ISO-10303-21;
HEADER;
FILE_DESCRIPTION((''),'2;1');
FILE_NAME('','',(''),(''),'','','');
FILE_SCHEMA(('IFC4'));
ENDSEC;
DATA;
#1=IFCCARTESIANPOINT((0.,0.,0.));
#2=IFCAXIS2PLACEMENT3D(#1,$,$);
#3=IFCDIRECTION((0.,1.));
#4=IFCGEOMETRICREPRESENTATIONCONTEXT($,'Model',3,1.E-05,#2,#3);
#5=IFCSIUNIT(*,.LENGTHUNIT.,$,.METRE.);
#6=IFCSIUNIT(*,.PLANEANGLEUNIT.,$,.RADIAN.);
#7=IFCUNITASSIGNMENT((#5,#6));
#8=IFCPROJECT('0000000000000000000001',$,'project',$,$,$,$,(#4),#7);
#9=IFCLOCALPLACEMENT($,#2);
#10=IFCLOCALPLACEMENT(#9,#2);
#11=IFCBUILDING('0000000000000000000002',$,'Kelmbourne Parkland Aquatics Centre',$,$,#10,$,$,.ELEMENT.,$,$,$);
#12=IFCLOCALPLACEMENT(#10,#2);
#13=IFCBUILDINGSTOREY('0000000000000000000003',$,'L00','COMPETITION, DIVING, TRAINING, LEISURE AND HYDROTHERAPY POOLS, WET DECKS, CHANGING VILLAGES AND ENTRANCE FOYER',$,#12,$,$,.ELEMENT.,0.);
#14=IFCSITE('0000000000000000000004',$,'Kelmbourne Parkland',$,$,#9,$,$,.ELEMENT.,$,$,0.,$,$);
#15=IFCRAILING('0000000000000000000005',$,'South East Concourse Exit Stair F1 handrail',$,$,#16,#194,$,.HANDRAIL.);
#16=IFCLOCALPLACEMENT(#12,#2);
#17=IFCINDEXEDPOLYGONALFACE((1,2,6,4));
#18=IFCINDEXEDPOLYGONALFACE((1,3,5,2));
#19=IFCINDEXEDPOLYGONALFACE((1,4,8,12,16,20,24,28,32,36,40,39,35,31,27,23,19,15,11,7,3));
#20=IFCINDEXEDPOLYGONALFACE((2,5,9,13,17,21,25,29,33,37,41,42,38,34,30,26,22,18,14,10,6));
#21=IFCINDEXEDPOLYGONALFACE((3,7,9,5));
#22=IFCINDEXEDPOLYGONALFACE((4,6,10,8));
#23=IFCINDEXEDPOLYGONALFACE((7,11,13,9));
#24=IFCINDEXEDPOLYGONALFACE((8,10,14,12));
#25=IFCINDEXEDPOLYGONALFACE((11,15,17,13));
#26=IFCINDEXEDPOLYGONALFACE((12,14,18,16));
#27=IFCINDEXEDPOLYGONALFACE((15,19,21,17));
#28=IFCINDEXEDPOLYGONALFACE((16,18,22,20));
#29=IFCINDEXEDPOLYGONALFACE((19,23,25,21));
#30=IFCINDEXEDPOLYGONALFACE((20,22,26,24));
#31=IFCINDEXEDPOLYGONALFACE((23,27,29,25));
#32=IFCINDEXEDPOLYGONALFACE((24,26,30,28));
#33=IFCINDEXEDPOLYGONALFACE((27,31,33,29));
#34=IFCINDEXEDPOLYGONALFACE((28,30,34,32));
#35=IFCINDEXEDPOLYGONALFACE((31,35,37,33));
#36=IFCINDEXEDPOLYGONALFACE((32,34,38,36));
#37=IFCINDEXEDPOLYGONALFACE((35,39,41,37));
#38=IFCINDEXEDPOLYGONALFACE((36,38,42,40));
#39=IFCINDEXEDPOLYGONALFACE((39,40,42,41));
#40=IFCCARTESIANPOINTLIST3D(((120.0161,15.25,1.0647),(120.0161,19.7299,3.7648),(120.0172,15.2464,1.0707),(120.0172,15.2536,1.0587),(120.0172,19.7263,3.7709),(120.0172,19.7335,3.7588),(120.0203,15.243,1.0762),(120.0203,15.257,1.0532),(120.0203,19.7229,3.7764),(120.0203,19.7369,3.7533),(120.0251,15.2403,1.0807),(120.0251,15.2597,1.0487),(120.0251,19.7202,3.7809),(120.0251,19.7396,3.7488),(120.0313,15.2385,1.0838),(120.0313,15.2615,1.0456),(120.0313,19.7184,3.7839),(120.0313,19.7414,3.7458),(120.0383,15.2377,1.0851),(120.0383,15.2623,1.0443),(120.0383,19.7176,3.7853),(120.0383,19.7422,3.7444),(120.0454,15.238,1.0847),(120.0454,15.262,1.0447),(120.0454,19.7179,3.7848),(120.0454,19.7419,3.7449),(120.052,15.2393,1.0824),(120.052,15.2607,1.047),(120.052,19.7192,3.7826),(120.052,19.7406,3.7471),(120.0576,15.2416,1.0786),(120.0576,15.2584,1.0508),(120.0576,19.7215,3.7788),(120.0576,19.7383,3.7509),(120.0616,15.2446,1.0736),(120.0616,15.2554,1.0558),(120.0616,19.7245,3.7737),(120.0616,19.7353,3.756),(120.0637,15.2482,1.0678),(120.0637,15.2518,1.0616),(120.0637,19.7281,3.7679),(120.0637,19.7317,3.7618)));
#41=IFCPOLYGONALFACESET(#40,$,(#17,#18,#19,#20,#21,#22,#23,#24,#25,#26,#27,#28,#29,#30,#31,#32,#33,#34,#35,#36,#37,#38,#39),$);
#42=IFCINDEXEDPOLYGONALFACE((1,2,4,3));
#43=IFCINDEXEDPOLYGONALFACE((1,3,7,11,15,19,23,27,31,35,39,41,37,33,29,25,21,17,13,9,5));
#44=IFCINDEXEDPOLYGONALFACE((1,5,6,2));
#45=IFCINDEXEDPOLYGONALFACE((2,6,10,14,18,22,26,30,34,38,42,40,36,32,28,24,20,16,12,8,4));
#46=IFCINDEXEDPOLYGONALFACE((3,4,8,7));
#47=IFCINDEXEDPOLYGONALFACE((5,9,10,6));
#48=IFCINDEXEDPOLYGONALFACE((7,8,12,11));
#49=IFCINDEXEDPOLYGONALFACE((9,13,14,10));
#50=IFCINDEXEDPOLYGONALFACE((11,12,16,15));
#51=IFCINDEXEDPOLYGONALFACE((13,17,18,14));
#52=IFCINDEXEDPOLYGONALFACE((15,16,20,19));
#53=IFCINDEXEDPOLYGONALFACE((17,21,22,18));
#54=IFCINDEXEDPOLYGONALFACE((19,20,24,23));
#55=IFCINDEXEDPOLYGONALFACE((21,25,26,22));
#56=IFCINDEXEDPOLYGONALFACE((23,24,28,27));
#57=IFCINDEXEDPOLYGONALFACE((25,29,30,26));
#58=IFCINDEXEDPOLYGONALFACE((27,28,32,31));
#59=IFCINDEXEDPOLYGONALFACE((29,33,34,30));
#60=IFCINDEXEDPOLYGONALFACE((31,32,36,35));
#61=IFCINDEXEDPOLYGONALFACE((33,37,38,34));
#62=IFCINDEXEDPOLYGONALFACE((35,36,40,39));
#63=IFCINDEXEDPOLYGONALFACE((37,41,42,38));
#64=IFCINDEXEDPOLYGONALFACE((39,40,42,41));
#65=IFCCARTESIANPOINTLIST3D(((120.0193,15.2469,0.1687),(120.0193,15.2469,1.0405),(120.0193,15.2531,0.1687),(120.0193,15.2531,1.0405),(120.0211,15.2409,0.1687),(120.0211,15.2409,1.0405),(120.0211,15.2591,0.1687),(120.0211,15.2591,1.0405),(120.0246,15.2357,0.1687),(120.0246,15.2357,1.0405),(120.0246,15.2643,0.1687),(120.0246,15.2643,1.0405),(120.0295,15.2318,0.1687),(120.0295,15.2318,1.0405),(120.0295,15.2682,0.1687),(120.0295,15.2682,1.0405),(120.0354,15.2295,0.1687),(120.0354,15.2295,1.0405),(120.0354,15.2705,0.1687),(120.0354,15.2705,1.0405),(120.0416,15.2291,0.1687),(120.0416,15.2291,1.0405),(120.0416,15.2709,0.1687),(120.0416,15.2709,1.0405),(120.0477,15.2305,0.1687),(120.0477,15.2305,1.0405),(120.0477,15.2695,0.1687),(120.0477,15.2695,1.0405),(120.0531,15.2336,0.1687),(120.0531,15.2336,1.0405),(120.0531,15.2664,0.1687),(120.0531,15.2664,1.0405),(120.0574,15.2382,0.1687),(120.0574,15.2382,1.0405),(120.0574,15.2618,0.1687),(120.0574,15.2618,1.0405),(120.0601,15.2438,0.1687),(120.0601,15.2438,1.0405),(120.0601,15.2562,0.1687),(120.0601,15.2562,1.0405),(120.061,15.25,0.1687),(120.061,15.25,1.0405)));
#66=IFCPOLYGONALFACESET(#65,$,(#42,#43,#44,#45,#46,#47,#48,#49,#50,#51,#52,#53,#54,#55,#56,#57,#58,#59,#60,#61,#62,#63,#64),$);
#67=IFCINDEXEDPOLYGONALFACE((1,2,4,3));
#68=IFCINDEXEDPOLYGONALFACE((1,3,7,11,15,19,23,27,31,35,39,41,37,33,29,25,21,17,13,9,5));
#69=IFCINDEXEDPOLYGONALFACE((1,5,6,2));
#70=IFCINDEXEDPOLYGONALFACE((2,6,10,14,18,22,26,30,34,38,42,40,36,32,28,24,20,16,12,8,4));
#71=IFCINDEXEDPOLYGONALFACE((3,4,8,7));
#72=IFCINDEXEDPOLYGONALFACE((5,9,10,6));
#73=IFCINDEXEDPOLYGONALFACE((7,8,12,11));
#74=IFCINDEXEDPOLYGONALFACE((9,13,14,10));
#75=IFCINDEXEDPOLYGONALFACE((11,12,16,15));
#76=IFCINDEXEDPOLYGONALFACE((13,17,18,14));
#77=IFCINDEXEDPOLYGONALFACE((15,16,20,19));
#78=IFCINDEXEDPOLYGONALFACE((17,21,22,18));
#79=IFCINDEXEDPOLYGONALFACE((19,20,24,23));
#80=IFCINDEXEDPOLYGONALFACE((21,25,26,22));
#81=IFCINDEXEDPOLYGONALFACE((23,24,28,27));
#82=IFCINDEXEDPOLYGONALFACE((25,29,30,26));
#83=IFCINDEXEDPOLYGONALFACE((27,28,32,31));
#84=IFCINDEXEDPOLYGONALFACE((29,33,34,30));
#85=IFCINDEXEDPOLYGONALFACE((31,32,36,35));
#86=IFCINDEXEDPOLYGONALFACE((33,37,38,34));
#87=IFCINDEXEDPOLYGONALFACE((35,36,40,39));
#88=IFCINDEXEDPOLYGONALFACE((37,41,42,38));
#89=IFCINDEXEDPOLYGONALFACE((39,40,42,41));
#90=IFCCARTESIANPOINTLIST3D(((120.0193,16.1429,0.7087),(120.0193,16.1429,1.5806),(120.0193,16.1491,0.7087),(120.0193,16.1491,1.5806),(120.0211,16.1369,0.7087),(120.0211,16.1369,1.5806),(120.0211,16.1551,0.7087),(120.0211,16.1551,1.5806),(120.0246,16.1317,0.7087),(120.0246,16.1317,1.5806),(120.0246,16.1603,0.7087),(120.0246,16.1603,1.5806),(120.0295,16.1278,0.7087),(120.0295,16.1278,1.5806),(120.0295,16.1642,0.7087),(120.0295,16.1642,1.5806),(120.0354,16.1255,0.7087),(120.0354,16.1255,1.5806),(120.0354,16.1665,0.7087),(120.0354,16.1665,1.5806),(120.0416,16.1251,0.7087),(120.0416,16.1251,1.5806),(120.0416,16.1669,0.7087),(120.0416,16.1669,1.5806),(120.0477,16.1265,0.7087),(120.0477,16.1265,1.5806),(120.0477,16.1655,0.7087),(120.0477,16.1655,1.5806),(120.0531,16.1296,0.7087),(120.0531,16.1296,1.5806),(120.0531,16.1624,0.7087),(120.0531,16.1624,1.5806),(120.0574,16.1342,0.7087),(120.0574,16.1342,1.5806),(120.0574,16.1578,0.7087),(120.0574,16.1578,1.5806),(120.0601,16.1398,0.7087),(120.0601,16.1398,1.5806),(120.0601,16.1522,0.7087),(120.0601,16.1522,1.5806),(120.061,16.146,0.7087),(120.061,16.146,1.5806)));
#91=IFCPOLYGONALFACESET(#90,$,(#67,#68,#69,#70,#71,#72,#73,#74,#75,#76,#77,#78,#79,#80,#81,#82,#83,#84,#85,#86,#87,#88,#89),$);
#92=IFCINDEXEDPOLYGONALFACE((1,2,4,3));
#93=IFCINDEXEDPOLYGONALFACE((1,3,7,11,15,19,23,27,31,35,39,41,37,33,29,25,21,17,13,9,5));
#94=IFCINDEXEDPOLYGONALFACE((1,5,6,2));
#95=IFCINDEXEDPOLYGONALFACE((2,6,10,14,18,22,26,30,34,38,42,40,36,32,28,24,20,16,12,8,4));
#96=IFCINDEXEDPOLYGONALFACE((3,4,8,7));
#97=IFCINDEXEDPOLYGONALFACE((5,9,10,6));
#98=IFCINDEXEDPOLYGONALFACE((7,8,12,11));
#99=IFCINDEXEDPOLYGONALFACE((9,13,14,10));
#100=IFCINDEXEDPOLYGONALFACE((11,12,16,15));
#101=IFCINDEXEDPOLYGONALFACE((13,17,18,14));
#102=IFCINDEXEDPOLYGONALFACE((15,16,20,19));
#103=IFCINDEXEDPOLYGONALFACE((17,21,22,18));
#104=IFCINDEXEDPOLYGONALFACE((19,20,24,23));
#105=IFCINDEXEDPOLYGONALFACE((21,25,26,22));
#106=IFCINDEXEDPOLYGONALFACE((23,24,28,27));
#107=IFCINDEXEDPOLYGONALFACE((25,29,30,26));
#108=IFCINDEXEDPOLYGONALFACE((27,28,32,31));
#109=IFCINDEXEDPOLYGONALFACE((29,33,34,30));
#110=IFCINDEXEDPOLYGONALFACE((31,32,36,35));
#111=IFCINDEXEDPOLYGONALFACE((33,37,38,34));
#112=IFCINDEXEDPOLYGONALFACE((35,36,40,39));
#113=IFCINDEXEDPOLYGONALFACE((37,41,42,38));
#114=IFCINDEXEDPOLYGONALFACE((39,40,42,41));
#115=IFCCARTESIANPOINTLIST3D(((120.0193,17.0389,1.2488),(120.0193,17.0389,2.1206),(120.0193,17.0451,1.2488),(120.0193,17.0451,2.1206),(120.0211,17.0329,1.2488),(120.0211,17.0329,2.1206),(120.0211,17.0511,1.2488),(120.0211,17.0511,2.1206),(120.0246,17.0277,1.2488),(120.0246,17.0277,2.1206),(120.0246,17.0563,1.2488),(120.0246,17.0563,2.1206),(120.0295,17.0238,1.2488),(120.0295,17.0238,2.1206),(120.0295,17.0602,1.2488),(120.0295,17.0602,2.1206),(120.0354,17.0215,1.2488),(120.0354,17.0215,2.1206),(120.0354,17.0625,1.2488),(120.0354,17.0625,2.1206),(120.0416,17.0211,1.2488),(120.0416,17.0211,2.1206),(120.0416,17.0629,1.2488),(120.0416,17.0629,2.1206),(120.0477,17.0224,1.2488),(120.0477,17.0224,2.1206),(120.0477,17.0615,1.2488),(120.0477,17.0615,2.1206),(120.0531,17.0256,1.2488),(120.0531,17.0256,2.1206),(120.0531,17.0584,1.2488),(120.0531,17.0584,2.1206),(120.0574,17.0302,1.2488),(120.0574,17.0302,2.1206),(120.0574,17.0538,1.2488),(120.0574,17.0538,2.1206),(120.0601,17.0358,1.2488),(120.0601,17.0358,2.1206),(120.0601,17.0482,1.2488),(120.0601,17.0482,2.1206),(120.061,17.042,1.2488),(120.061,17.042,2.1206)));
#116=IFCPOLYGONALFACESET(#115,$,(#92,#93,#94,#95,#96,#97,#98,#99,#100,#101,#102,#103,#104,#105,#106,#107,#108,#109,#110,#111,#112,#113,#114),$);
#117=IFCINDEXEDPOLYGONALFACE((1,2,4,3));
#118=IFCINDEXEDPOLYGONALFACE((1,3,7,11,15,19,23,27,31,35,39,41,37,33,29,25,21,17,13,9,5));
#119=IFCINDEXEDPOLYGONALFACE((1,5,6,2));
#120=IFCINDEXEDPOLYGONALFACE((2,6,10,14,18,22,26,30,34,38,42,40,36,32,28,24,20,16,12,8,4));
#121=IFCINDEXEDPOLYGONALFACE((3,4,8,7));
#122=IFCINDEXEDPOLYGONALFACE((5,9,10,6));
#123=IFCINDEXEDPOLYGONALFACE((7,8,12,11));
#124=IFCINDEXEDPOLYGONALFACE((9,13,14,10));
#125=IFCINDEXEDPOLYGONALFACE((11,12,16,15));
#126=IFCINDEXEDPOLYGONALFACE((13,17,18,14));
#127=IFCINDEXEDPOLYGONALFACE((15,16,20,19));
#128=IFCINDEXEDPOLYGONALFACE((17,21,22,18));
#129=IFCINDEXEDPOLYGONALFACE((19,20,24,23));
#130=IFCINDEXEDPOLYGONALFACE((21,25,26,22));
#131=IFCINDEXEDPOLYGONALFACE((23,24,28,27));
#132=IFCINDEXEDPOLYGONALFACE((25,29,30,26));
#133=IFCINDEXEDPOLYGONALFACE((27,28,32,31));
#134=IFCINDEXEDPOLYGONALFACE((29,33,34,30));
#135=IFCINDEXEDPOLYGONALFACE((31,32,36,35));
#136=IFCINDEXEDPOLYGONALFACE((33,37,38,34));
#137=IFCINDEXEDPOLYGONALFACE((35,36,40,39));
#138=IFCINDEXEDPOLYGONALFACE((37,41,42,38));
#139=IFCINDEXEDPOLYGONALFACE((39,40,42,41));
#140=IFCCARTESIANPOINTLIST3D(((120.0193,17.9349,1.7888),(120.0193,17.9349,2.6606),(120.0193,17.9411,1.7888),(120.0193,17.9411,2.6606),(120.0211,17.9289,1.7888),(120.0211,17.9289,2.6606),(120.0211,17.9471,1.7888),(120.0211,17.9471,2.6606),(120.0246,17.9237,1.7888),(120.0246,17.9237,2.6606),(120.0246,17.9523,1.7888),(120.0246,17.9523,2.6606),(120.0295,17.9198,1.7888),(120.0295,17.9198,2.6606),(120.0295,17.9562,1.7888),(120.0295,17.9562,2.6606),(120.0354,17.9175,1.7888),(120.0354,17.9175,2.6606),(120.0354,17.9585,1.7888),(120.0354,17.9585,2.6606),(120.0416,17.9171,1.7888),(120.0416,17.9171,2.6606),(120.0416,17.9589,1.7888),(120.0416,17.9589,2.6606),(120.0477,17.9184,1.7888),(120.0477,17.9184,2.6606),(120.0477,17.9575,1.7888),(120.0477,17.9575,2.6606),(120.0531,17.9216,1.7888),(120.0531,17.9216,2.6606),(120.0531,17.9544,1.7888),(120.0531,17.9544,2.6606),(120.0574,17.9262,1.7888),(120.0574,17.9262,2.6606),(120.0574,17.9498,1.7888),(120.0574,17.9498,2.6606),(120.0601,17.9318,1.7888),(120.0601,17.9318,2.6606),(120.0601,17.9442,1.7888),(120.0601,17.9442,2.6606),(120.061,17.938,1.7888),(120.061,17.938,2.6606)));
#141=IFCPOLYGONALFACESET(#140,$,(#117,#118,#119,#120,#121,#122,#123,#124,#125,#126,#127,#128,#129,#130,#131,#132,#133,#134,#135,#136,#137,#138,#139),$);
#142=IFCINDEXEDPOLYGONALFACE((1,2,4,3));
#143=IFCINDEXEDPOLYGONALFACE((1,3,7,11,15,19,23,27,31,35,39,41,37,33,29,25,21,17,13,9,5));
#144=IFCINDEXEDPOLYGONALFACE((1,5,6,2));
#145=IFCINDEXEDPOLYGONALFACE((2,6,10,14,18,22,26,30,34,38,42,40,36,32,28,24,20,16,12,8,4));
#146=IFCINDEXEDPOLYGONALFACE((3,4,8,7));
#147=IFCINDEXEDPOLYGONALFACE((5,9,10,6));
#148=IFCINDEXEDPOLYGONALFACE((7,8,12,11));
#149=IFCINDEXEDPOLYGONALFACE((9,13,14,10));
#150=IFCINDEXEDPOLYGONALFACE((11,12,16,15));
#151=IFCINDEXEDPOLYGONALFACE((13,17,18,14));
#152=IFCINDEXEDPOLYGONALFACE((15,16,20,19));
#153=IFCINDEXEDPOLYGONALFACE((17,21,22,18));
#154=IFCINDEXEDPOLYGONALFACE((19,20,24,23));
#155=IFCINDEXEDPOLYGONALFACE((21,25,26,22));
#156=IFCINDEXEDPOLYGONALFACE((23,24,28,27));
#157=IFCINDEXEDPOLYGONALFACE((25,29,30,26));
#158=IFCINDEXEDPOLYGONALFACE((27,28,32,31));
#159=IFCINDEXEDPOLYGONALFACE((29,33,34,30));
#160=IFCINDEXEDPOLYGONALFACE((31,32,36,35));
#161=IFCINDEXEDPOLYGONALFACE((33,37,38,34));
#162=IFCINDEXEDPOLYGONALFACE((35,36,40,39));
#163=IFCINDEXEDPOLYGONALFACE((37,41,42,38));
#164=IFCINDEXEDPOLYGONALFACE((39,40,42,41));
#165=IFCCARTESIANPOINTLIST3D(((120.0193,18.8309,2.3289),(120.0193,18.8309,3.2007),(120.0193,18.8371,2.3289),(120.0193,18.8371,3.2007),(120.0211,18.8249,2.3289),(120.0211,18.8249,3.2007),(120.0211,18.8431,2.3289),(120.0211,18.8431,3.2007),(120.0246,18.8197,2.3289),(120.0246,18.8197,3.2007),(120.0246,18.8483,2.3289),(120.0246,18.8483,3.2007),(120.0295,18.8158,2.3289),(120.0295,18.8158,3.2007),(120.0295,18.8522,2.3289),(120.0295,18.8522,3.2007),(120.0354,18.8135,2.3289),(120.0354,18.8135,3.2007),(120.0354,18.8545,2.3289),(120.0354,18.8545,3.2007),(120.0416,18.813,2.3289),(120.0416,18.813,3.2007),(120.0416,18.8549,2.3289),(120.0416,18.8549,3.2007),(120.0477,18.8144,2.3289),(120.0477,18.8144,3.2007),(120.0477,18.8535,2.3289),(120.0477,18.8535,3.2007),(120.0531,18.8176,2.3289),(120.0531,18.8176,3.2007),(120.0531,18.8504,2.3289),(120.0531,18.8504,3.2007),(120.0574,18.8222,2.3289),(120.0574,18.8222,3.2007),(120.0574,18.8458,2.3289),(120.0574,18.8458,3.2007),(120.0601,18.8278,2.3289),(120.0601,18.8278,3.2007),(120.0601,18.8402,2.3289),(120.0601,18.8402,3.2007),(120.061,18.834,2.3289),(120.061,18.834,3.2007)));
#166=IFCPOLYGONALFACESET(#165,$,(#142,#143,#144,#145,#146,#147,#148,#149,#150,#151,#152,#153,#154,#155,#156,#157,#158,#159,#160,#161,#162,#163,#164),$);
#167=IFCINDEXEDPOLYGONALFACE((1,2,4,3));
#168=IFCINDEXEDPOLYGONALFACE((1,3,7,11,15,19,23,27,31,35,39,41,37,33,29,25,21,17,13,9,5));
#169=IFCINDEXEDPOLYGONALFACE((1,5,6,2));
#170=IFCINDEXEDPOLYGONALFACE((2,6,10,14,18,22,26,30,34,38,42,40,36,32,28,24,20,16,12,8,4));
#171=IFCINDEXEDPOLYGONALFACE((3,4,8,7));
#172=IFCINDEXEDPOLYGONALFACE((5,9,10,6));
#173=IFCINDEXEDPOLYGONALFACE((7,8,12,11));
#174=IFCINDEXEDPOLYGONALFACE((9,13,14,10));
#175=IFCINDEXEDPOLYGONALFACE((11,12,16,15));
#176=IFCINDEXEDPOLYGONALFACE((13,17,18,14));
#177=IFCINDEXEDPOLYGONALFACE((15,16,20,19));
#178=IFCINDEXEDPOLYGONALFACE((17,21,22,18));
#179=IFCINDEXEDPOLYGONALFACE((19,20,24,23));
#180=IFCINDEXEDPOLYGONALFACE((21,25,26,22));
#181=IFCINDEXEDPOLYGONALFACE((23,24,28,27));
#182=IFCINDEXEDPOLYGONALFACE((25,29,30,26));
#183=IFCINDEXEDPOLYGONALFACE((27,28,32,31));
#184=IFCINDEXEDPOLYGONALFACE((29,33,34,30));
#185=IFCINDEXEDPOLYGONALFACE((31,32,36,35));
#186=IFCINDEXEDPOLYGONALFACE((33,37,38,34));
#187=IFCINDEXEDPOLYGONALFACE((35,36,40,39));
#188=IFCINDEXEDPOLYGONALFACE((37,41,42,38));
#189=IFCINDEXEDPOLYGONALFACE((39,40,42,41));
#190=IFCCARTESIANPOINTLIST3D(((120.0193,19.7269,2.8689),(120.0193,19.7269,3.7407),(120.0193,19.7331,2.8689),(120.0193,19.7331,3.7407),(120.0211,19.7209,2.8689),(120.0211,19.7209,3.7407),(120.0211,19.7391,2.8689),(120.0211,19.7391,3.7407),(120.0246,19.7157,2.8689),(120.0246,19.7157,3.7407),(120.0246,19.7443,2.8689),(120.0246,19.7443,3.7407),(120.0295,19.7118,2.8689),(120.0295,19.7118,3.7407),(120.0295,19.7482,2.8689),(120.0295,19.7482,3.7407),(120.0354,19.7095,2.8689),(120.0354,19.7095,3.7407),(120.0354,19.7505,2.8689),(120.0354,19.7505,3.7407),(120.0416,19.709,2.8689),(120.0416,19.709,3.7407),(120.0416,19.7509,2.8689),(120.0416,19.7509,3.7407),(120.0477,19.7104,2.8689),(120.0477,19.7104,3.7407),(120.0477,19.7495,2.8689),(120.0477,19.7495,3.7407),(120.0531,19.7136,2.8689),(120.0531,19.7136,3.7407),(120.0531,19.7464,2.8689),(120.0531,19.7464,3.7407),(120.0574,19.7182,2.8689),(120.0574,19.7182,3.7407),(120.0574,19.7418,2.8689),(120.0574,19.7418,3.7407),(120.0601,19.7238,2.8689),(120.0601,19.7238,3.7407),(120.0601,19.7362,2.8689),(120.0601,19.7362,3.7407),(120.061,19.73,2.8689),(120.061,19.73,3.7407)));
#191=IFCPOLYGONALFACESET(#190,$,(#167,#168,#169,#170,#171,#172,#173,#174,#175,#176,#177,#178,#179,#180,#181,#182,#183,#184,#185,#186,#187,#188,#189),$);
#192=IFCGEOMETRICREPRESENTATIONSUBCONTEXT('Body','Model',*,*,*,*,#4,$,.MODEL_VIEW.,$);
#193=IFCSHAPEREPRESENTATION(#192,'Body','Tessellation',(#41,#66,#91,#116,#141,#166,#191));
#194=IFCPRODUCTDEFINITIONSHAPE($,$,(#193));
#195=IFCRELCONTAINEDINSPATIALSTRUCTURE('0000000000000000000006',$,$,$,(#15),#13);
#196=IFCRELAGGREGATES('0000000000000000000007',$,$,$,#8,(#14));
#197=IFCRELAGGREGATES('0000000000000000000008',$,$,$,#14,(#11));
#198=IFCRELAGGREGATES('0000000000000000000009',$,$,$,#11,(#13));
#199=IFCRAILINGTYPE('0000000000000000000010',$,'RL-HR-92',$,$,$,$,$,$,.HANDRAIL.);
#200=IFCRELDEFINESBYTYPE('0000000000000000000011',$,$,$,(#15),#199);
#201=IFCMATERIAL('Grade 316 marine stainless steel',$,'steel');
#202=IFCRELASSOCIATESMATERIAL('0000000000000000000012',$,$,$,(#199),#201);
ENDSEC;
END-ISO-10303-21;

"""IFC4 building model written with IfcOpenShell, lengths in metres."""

from ifc_helpers import new_model, si_unit, direction, frame, origin, origin_2d, place, context, subcontext, project, spatial, circle, extrude, material, type_object, element, save


model = new_model("IFC4")

# Units and contexts
model_context = context("Model", 3, precision=1e-05, world=origin(), true_north=direction((0.0, 1.0)))
body_context = subcontext(model_context, "Body", "Model", "MODEL_VIEW")
ifc_project = project(units=[si_unit("LENGTHUNIT", "METRE"), si_unit("PLANEANGLEUNIT", "RADIAN")], contexts=[model_context])

# Site, building, storey
site_placement = place(None, origin())
site = spatial("IfcSite", under=ifc_project, at=site_placement, Name="Kelmbourne Parkland", CompositionType="ELEMENT", RefElevation=0.0)
building_placement = place(site_placement, origin())
building = spatial("IfcBuilding", under=site, at=building_placement, Name="Kelmbourne Parkland Aquatics Centre", CompositionType="ELEMENT")
storey_placement = place(building_placement, origin())
storey = spatial("IfcBuildingStorey", under=building, at=storey_placement, Name="L00", Description="COMPETITION, DIVING, TRAINING, LEISURE AND HYDROTHERAPY POOLS, WET DECKS, CHANGING VILLAGES AND ENTRANCE FOYER", CompositionType="ELEMENT", Elevation=0.0)

# Railing
ifc_material_1 = material(Name="Grade 316 marine stainless steel", Category="steel")
railing_type_1 = type_object("IfcRailingType", Name="RL-HR-92", PredefinedType="HANDRAIL", material=ifc_material_1)
railing_1_placement = place(storey_placement, frame((120.04, 15.25, 0.1687)))
element("IfcRailing", 1, at=railing_1_placement, inside=storey, type_object=railing_type_1, Name="South East Concourse Exit Stair F1 handrail", PredefinedType="HANDRAIL", context=body_context, shape_type="SweptSolid", body=[
    extrude(circle(Radius=0.0239, at=origin_2d()), frame((0.0, 0.0, 0.896), z_axis=(0.0, 0.856462, 0.516211), x_axis=(-1.0, 0.0, 0.0)), (0.0, 0.0, 1.0), 5.2307),
    extrude(circle(Radius=0.021, at=origin_2d()), origin(), (0.0, 0.0, 1.0), 0.8718),
    extrude(circle(Radius=0.021, at=origin_2d()), frame((0.0, 0.896, 0.54)), (0.0, 0.0, 1.0), 0.8718),
    extrude(circle(Radius=0.021, at=origin_2d()), frame((0.0, 1.792, 1.0801)), (0.0, 0.0, 1.0), 0.8718),
    extrude(circle(Radius=0.021, at=origin_2d()), frame((0.0, 2.688, 1.6201)), (0.0, 0.0, 1.0), 0.8718),
    extrude(circle(Radius=0.021, at=origin_2d()), frame((0.0, 3.584, 2.1602)), (0.0, 0.0, 1.0), 0.8718),
    extrude(circle(Radius=0.021, at=origin_2d()), frame((0.0, 4.48, 2.7002)), (0.0, 0.0, 1.0), 0.8718),
])

save(model, "model.ifc")
